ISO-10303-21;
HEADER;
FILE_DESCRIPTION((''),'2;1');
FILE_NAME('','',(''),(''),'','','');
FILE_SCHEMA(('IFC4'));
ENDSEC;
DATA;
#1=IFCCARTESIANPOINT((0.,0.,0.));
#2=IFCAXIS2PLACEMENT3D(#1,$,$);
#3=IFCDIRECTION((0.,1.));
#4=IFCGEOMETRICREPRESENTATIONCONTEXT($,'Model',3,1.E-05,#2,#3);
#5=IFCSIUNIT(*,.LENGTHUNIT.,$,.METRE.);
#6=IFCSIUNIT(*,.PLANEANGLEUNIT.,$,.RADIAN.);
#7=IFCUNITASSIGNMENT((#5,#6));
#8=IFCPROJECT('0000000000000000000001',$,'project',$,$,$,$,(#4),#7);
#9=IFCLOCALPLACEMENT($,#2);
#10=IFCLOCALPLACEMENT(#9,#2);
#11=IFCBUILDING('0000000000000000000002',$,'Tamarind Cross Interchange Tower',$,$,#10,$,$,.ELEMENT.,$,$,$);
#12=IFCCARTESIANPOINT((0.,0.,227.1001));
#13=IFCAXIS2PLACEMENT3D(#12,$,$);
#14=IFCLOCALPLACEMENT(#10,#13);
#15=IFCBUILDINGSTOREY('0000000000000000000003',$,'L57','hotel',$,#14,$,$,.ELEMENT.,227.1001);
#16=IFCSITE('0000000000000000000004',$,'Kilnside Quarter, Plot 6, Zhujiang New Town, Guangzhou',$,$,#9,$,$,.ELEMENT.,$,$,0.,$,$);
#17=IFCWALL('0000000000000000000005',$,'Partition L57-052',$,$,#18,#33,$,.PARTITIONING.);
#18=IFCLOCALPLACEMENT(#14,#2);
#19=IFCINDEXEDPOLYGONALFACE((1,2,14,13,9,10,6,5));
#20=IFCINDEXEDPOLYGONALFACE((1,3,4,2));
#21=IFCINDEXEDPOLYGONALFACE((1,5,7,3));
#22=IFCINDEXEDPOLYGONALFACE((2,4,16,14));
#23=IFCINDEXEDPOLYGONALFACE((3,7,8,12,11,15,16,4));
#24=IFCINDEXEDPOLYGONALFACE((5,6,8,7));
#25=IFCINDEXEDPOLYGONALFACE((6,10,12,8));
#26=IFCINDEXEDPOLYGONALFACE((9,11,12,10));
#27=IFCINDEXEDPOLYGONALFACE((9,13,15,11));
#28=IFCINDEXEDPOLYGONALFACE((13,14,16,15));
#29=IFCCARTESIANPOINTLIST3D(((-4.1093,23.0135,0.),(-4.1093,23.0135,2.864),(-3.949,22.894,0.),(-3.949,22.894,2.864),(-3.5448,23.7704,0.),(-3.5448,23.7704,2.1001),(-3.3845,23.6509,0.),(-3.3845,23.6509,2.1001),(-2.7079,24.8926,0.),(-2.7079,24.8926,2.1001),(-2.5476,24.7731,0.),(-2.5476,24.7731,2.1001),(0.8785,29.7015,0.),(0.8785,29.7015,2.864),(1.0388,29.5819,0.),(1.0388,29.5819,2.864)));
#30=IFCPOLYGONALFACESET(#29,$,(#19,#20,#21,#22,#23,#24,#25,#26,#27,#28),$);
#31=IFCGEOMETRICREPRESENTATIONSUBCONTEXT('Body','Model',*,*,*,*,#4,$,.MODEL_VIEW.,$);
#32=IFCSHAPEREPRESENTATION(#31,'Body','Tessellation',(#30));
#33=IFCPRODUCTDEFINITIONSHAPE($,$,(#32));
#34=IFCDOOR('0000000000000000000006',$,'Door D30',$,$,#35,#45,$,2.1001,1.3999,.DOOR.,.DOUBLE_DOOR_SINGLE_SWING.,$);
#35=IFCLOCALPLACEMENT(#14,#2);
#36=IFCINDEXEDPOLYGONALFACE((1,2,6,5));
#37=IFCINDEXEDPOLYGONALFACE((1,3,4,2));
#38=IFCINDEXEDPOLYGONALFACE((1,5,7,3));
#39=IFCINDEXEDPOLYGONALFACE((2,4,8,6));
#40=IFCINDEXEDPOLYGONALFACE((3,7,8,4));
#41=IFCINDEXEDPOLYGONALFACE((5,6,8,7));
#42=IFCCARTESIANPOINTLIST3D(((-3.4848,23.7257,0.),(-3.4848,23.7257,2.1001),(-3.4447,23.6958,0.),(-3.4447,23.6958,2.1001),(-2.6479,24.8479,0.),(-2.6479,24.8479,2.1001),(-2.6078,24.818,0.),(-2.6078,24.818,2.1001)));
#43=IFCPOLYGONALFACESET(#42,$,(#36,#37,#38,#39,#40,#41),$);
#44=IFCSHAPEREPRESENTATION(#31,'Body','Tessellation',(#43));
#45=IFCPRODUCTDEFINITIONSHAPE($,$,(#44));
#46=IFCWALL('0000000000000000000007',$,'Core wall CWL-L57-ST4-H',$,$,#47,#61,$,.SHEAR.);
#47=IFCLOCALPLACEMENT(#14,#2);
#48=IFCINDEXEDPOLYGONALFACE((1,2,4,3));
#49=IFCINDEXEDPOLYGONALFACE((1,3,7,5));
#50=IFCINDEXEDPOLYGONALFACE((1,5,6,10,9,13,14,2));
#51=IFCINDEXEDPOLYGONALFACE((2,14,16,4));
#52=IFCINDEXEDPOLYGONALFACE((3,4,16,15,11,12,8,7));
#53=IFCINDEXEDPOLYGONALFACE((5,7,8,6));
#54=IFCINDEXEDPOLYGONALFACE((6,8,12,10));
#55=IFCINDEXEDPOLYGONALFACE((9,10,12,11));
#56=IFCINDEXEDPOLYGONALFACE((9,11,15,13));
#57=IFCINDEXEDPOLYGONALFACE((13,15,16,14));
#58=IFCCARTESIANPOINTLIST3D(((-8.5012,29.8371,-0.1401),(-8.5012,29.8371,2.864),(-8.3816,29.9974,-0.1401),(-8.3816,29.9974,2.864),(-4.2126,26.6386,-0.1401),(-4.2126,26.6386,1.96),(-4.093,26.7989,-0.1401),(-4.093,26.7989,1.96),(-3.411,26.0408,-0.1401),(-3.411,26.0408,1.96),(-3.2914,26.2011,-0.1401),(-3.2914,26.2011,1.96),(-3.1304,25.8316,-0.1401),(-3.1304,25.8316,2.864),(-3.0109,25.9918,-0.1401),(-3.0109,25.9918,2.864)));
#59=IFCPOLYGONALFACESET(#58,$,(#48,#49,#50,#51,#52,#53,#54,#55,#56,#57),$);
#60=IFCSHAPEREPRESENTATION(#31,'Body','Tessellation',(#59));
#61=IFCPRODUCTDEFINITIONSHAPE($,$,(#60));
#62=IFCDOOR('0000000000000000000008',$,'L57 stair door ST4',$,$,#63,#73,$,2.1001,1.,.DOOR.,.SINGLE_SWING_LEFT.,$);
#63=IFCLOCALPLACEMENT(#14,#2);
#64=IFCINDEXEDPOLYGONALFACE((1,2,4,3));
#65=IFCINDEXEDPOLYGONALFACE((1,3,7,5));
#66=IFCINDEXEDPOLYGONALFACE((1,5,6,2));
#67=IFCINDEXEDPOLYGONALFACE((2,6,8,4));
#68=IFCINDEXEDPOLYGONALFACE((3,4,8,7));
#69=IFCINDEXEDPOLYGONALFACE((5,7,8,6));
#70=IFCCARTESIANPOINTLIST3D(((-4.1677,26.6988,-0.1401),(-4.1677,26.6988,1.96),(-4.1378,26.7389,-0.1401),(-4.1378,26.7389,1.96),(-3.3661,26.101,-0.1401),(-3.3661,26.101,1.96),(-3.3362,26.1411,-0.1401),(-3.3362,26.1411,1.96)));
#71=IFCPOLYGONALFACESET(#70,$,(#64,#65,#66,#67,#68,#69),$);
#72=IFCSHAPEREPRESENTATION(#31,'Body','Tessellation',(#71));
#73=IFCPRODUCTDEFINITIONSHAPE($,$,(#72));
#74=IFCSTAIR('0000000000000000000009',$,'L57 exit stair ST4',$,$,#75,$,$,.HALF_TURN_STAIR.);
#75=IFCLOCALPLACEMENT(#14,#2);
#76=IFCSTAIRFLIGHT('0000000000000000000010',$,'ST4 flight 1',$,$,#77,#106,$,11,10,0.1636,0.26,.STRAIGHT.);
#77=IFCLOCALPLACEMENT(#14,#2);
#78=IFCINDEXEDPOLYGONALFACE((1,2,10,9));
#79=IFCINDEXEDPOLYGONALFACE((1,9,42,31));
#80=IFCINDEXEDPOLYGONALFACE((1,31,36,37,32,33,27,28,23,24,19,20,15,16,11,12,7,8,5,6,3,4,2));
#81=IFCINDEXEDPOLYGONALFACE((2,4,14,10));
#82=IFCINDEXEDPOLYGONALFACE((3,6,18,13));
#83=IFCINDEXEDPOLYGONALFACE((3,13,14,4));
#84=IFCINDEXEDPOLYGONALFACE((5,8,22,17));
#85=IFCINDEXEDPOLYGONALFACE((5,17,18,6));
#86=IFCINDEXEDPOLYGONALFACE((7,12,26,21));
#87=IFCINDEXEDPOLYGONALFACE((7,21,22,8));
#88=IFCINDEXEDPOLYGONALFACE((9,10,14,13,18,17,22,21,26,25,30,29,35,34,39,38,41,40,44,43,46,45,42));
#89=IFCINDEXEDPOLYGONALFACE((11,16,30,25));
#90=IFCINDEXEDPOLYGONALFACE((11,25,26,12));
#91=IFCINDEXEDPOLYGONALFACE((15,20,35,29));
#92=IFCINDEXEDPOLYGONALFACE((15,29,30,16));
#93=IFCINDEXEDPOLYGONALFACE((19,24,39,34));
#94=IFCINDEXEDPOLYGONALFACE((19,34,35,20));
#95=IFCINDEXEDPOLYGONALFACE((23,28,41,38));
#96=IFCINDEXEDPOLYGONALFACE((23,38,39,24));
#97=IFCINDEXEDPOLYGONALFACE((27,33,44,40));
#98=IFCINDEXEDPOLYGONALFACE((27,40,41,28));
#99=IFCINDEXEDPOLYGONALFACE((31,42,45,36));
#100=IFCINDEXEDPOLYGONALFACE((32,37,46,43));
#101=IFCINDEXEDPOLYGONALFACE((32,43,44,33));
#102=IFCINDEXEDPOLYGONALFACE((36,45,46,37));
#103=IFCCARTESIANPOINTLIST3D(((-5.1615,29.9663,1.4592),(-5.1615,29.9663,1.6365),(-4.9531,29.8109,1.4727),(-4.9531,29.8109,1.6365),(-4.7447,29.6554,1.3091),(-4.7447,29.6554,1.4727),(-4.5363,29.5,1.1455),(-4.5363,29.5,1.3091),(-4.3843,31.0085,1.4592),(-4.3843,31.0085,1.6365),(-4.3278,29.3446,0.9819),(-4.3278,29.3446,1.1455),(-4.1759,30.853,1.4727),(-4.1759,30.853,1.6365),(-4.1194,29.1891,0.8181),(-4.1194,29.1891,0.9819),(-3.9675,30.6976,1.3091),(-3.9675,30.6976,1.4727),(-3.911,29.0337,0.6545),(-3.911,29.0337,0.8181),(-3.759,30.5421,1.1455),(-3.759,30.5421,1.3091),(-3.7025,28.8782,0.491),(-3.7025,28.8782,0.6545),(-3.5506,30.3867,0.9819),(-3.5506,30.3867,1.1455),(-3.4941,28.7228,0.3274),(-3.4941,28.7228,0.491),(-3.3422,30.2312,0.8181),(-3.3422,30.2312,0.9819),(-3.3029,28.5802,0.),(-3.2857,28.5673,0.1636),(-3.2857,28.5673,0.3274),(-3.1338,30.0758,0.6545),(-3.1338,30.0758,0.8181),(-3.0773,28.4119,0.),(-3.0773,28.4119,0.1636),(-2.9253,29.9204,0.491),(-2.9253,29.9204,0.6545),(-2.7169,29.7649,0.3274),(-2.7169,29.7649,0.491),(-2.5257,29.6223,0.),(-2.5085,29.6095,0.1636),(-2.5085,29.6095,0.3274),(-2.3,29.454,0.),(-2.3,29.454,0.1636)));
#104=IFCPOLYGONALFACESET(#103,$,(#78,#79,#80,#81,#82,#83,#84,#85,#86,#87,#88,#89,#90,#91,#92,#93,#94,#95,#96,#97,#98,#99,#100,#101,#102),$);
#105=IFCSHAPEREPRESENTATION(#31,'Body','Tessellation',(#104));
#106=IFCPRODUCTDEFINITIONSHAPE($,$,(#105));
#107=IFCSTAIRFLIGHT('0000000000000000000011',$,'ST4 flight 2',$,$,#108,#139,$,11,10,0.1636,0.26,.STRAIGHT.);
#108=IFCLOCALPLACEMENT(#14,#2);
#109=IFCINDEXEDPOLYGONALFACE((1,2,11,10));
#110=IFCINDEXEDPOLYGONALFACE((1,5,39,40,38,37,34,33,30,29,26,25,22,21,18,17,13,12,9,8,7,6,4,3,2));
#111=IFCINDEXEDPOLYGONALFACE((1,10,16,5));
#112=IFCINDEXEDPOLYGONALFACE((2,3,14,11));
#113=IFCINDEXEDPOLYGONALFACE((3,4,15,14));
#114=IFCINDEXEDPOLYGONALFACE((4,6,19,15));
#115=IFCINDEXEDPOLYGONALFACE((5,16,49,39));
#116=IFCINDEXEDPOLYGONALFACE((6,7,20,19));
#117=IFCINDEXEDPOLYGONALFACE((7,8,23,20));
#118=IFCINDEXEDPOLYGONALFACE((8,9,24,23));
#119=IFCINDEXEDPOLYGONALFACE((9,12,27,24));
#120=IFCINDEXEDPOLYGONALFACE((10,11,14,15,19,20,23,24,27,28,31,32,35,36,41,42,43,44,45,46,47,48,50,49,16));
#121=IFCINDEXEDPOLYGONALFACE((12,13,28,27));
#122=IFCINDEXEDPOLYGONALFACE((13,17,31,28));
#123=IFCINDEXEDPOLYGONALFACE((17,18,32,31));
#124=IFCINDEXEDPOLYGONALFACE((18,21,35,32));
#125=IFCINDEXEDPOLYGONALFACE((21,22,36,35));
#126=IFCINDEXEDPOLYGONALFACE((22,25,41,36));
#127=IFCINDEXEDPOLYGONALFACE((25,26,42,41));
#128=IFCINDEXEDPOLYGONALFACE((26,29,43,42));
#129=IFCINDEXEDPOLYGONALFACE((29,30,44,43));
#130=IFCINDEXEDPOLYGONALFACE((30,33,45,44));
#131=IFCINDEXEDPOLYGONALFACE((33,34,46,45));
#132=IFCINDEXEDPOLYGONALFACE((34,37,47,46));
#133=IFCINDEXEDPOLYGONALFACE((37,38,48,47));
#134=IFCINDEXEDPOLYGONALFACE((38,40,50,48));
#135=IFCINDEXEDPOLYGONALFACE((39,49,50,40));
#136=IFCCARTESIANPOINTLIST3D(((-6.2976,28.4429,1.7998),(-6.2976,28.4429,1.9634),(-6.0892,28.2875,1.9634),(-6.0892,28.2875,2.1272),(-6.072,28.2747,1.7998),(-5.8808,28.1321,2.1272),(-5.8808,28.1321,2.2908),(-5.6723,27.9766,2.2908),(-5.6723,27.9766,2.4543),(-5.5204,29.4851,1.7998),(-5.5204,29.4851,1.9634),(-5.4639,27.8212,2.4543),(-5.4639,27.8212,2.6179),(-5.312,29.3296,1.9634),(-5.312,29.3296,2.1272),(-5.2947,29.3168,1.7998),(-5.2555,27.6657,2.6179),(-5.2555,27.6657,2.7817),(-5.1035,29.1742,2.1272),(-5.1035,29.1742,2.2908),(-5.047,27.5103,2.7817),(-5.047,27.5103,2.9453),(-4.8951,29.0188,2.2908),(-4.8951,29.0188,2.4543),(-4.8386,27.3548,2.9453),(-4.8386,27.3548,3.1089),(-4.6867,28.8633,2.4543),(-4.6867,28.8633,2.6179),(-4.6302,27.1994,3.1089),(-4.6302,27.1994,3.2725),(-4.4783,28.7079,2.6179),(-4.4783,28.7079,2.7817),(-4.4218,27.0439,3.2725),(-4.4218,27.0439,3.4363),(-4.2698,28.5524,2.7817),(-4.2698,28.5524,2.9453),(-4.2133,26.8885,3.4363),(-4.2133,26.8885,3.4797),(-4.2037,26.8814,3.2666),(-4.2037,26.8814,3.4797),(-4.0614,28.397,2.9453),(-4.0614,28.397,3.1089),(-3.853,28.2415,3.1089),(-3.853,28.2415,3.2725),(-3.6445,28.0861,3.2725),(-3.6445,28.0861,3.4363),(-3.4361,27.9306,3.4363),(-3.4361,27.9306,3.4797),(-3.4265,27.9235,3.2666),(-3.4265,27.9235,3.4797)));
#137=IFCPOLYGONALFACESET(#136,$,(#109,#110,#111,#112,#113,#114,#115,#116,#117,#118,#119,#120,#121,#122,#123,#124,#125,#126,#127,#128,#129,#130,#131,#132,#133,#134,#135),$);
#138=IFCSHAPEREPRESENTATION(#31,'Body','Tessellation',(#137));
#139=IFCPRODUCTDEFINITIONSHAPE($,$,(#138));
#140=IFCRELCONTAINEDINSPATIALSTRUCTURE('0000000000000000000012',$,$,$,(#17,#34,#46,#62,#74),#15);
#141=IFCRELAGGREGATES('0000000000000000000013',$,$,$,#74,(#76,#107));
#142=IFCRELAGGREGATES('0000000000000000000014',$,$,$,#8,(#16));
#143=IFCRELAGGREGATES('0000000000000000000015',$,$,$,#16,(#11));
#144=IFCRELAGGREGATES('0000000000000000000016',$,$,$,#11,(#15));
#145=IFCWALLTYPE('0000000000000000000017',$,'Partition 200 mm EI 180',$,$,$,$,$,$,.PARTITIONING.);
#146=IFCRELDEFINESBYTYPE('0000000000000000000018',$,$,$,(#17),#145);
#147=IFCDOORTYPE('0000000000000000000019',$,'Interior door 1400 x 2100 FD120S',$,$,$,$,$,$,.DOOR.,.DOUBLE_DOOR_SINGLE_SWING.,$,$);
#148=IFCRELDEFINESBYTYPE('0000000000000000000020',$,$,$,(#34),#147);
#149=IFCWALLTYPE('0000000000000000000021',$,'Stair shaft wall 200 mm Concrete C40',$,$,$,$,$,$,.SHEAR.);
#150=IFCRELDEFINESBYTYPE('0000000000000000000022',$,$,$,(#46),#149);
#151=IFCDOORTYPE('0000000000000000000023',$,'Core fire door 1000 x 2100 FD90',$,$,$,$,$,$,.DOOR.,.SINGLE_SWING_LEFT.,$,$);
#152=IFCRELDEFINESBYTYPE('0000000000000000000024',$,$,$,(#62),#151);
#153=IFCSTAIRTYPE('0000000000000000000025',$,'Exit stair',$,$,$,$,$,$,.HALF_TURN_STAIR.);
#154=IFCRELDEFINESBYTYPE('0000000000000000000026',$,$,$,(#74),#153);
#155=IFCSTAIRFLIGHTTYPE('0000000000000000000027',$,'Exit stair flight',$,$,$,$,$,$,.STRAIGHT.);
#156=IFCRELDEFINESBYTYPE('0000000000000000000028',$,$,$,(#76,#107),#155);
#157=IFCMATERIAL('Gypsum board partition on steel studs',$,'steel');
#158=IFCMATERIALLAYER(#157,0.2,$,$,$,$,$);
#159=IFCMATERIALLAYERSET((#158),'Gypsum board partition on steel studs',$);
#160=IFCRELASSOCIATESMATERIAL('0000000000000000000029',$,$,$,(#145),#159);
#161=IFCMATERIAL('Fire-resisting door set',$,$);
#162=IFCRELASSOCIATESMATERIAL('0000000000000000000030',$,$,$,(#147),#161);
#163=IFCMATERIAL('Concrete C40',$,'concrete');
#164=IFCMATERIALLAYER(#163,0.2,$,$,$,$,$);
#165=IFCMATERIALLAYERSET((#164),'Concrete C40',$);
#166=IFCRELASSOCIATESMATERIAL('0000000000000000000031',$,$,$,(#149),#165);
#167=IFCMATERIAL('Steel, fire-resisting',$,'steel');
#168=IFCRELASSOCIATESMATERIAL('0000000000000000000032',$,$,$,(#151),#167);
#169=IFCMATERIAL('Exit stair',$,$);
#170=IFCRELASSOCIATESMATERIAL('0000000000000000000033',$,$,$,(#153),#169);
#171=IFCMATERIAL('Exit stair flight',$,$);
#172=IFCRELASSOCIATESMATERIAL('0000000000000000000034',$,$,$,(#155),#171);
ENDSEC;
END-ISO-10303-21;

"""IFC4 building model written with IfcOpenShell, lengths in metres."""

from ifc_helpers import new_model, si_unit, direction, frame, frame_2d, origin, place, context, subcontext, project, spatial, polyline, rectangle, outline, extrude, material, layer, layer_set, type_object, element, fill, aggregate, save


model = new_model("IFC4")

# Units and contexts
model_context = context("Model", 3, precision=1e-05, world=origin(), true_north=direction((0.0, 1.0)))
body_context = subcontext(model_context, "Body", "Model", "MODEL_VIEW")
ifc_project = project(units=[si_unit("LENGTHUNIT", "METRE"), si_unit("PLANEANGLEUNIT", "RADIAN")], contexts=[model_context])

# Site, building, storey
site_placement = place(None, origin())
site = spatial("IfcSite", under=ifc_project, at=site_placement, Name="Kilnside Quarter, Plot 6, Zhujiang New Town, Guangzhou", CompositionType="ELEMENT", RefElevation=0.0)
building_placement = place(site_placement, origin())
building = spatial("IfcBuilding", under=site, at=building_placement, Name="Tamarind Cross Interchange Tower", CompositionType="ELEMENT")
storey_placement = place(building_placement, frame((0.0, 0.0, 227.1001)))
storey = spatial("IfcBuildingStorey", under=building, at=storey_placement, Name="L57", Description="hotel", CompositionType="ELEMENT", Elevation=227.1001)

# Shared definitions
ifc_material_1 = material(Name="Gypsum board partition on steel studs", Category="steel")

# Walls, openings, doors
ifc_material_2 = material(Name="Fire-resisting door set")
ifc_layer_1 = layer(ifc_material_1, 0.2)
ifc_layer_set_1 = layer_set([ifc_layer_1], Name="Gypsum board partition on steel studs")
wall_type_1 = type_object("IfcWallType", Name="Partition 200 mm EI 180", PredefinedType="PARTITIONING", material=ifc_layer_set_1)
wall_1_placement = place(storey_placement, frame((-4.0291, 22.9539, 0.0), z_axis=(0.0, 0.0, 1.0), x_axis=(0.597835, 0.801619, 0.0)))
wall_1 = element("IfcWall", 1, at=wall_1_placement, inside=storey, type_object=wall_type_1, Name="Partition L57-052", PredefinedType="PARTITIONING", context=body_context, shape_type="SweptSolid", body=[
    extrude(rectangle(XDim=8.343, YDim=0.2, at=frame_2d((4.1714, 0.0))), origin(), (0.0, 0.0, 1.0), 2.864),
])
opening_1_placement = place(wall_1_placement, frame((0.9441, 0.0, 0.0)))
opening_1 = element("IfcOpeningElement", 2, at=opening_1_placement, cuts=wall_1, PredefinedType="OPENING", context=body_context, shape_type="SweptSolid", body=[
    extrude(rectangle(XDim=1.3999, YDim=2.1001, at=frame_2d((0.7, 1.05))), frame((0.0, 0.1099, 0.0), z_axis=(0.0, -1.0, 0.0), x_axis=(1.0, 0.0, 0.0)), (0.0, 0.0, 1.0), 0.22),
])
door_type_1 = type_object("IfcDoorType", Name="Interior door 1400 x 2100 FD120S", OperationType="DOUBLE_DOOR_SINGLE_SWING", PredefinedType="DOOR", material=ifc_material_2)
door_1_placement = place(opening_1_placement, frame((1.3999, 0.0, 0.0), z_axis=(0.0, 0.0, 1.0), x_axis=(-1.0, 0.0, 0.0)))
door_1 = element("IfcDoor", 3, at=door_1_placement, inside=storey, type_object=door_type_1, Name="Door D30", OperationType="DOUBLE_DOOR_SINGLE_SWING", OverallHeight=2.1001, OverallWidth=1.3999, PredefinedType="DOOR", context=body_context, shape_type="SweptSolid", body=[
    extrude(rectangle(XDim=1.3999, YDim=2.1001, at=frame_2d((0.7, 1.05))), frame((0.0, 0.0249, 0.0), z_axis=(0.0, -1.0, 0.0), x_axis=(1.0, 0.0, 0.0)), (0.0, 0.0, 1.0), 0.05),
])
fill(opening_1, door_1)
ifc_material_3 = material(Name="Concrete C40", Category="concrete")
ifc_layer_2 = layer(ifc_material_3, 0.2)
ifc_layer_set_2 = layer_set([ifc_layer_2], Name="Concrete C40")
wall_type_2 = type_object("IfcWallType", Name="Stair shaft wall 200 mm Concrete C40", PredefinedType="SHEAR", material=ifc_layer_set_2)
wall_2_placement = place(storey_placement, frame((-3.0706, 25.9116, -0.1401), z_axis=(0.0, 0.0, 1.0), x_axis=(-0.801611, 0.597847, 0.0)))
wall_2 = element("IfcWall", 4, at=wall_2_placement, inside=storey, type_object=wall_type_2, Name="Core wall CWL-L57-ST4-H", PredefinedType="SHEAR", context=body_context, shape_type="SweptSolid", body=[
    extrude(rectangle(XDim=6.7, YDim=0.2, at=frame_2d((3.3501, 0.0))), origin(), (0.0, 0.0, 1.0), 3.0042),
])
opening_2_placement = place(wall_2_placement, frame((0.3501, 0.0, 0.0)))
opening_2 = element("IfcOpeningElement", 5, at=opening_2_placement, cuts=wall_2, PredefinedType="OPENING", context=body_context, shape_type="SweptSolid", body=[
    extrude(rectangle(XDim=1.0, YDim=2.1001, at=frame_2d((0.5, 1.05))), frame((0.0, 0.1099, 0.0), z_axis=(0.0, -1.0, 0.0), x_axis=(1.0, 0.0, 0.0)), (0.0, 0.0, 1.0), 0.22),
])
ifc_material_4 = material(Name="Steel, fire-resisting", Category="steel")
door_type_2 = type_object("IfcDoorType", Name="Core fire door 1000 x 2100 FD90", OperationType="SINGLE_SWING_LEFT", PredefinedType="DOOR", material=ifc_material_4)
door_2_placement = place(opening_2_placement, origin())
door_2 = element("IfcDoor", 6, at=door_2_placement, inside=storey, type_object=door_type_2, Name="L57 stair door ST4", OperationType="SINGLE_SWING_LEFT", OverallHeight=2.1001, OverallWidth=1.0, PredefinedType="DOOR", context=body_context, shape_type="SweptSolid", body=[
    extrude(rectangle(XDim=1.0, YDim=2.1001, at=frame_2d((0.5, 1.05))), frame((0.0, 0.0249, 0.0), z_axis=(0.0, -1.0, 0.0), x_axis=(1.0, 0.0, 0.0)), (0.0, 0.0, 1.0), 0.05),
])
fill(opening_2, door_2)

# Stair, stair flights
ifc_material_5 = material(Name="Exit stair")
stair_type = type_object("IfcStairType", Name="Exit stair", PredefinedType="HALF_TURN_STAIR", material=ifc_material_5)
stair_placement = place(storey_placement, origin())
stair = element("IfcStair", 7, at=stair_placement, inside=storey, type_object=stair_type, Name="L57 exit stair ST4", PredefinedType="HALF_TURN_STAIR")
ifc_material_6 = material(Name="Exit stair flight")
stair_flight_type = type_object("IfcStairFlightType", Name="Exit stair flight", PredefinedType="STRAIGHT", material=ifc_material_6)
stair_flight_1_placement = place(storey_placement, frame((-2.6887, 28.9329, 0.0), z_axis=(0.0, 0.0, 1.0), x_axis=(-0.801617, 0.597838, 0.0)))
stair_flight_1 = element("IfcStairFlight", 8, at=stair_flight_1_placement, type_object=stair_flight_type, Name="ST4 flight 1", NumberOfRisers=11, NumberOfTreads=10, PredefinedType="STRAIGHT", RiserHeight=0.1636, TreadLength=0.26, context=body_context, shape_type="SweptSolid", body=[
    extrude(outline(polyline([(0.0, 0.0), (0.0, 0.1636), (0.26, 0.1636), (0.26, 0.3274), (0.52, 0.3274), (0.52, 0.491), (0.78, 0.491), (0.78, 0.6545), (1.04, 0.6545), (1.04, 0.8181), (1.3, 0.8181), (1.3, 0.9819), (1.5601, 0.9819), (1.5601, 1.1455), (1.8201, 1.1455), (1.8201, 1.3091), (2.0801, 1.3091), (2.0801, 1.4727), (2.3401, 1.4727), (2.3401, 1.6365), (2.6001, 1.6365), (2.6001, 1.8), (2.6001, 1.4592), (0.2815, 0.0), (0.0, 0.0)])), frame((0.0, 0.6499, 0.0), z_axis=(0.0, -1.0, 0.0), x_axis=(1.0, 0.0, 0.0)), (0.0, 0.0, 1.0), 1.3),
])
stair_flight_2_placement = place(storey_placement, frame((-5.9089, 28.9641, 1.7998), z_axis=(0.0, 0.0, 1.0), x_axis=(0.801617, -0.597838, 0.0)))
stair_flight_2 = element("IfcStairFlight", 9, at=stair_flight_2_placement, type_object=stair_flight_type, Name="ST4 flight 2", NumberOfRisers=11, NumberOfTreads=10, PredefinedType="STRAIGHT", RiserHeight=0.1636, TreadLength=0.26, context=body_context, shape_type="SweptSolid", body=[
    extrude(outline(polyline([(0.0, 0.0), (0.0, 0.1636), (0.26, 0.1636), (0.26, 0.3274), (0.52, 0.3274), (0.52, 0.491), (0.78, 0.491), (0.78, 0.6545), (1.04, 0.6545), (1.04, 0.8181), (1.3, 0.8181), (1.3, 0.9819), (1.5601, 0.9819), (1.5601, 1.1455), (1.8201, 1.1455), (1.8201, 1.3091), (2.0801, 1.3091), (2.0801, 1.4727), (2.3401, 1.4727), (2.3401, 1.6365), (2.6001, 1.6365), (2.6001, 1.6799), (2.6121, 1.6799), (2.6121, 1.4668), (0.2815, 0.0), (0.0, 0.0)])), frame((0.0, 0.6499, 0.0), z_axis=(0.0, -1.0, 0.0), x_axis=(1.0, 0.0, 0.0)), (0.0, 0.0, 1.0), 1.3),
])
aggregate(stair, [stair_flight_1, stair_flight_2])

save(model, "model.ifc")
